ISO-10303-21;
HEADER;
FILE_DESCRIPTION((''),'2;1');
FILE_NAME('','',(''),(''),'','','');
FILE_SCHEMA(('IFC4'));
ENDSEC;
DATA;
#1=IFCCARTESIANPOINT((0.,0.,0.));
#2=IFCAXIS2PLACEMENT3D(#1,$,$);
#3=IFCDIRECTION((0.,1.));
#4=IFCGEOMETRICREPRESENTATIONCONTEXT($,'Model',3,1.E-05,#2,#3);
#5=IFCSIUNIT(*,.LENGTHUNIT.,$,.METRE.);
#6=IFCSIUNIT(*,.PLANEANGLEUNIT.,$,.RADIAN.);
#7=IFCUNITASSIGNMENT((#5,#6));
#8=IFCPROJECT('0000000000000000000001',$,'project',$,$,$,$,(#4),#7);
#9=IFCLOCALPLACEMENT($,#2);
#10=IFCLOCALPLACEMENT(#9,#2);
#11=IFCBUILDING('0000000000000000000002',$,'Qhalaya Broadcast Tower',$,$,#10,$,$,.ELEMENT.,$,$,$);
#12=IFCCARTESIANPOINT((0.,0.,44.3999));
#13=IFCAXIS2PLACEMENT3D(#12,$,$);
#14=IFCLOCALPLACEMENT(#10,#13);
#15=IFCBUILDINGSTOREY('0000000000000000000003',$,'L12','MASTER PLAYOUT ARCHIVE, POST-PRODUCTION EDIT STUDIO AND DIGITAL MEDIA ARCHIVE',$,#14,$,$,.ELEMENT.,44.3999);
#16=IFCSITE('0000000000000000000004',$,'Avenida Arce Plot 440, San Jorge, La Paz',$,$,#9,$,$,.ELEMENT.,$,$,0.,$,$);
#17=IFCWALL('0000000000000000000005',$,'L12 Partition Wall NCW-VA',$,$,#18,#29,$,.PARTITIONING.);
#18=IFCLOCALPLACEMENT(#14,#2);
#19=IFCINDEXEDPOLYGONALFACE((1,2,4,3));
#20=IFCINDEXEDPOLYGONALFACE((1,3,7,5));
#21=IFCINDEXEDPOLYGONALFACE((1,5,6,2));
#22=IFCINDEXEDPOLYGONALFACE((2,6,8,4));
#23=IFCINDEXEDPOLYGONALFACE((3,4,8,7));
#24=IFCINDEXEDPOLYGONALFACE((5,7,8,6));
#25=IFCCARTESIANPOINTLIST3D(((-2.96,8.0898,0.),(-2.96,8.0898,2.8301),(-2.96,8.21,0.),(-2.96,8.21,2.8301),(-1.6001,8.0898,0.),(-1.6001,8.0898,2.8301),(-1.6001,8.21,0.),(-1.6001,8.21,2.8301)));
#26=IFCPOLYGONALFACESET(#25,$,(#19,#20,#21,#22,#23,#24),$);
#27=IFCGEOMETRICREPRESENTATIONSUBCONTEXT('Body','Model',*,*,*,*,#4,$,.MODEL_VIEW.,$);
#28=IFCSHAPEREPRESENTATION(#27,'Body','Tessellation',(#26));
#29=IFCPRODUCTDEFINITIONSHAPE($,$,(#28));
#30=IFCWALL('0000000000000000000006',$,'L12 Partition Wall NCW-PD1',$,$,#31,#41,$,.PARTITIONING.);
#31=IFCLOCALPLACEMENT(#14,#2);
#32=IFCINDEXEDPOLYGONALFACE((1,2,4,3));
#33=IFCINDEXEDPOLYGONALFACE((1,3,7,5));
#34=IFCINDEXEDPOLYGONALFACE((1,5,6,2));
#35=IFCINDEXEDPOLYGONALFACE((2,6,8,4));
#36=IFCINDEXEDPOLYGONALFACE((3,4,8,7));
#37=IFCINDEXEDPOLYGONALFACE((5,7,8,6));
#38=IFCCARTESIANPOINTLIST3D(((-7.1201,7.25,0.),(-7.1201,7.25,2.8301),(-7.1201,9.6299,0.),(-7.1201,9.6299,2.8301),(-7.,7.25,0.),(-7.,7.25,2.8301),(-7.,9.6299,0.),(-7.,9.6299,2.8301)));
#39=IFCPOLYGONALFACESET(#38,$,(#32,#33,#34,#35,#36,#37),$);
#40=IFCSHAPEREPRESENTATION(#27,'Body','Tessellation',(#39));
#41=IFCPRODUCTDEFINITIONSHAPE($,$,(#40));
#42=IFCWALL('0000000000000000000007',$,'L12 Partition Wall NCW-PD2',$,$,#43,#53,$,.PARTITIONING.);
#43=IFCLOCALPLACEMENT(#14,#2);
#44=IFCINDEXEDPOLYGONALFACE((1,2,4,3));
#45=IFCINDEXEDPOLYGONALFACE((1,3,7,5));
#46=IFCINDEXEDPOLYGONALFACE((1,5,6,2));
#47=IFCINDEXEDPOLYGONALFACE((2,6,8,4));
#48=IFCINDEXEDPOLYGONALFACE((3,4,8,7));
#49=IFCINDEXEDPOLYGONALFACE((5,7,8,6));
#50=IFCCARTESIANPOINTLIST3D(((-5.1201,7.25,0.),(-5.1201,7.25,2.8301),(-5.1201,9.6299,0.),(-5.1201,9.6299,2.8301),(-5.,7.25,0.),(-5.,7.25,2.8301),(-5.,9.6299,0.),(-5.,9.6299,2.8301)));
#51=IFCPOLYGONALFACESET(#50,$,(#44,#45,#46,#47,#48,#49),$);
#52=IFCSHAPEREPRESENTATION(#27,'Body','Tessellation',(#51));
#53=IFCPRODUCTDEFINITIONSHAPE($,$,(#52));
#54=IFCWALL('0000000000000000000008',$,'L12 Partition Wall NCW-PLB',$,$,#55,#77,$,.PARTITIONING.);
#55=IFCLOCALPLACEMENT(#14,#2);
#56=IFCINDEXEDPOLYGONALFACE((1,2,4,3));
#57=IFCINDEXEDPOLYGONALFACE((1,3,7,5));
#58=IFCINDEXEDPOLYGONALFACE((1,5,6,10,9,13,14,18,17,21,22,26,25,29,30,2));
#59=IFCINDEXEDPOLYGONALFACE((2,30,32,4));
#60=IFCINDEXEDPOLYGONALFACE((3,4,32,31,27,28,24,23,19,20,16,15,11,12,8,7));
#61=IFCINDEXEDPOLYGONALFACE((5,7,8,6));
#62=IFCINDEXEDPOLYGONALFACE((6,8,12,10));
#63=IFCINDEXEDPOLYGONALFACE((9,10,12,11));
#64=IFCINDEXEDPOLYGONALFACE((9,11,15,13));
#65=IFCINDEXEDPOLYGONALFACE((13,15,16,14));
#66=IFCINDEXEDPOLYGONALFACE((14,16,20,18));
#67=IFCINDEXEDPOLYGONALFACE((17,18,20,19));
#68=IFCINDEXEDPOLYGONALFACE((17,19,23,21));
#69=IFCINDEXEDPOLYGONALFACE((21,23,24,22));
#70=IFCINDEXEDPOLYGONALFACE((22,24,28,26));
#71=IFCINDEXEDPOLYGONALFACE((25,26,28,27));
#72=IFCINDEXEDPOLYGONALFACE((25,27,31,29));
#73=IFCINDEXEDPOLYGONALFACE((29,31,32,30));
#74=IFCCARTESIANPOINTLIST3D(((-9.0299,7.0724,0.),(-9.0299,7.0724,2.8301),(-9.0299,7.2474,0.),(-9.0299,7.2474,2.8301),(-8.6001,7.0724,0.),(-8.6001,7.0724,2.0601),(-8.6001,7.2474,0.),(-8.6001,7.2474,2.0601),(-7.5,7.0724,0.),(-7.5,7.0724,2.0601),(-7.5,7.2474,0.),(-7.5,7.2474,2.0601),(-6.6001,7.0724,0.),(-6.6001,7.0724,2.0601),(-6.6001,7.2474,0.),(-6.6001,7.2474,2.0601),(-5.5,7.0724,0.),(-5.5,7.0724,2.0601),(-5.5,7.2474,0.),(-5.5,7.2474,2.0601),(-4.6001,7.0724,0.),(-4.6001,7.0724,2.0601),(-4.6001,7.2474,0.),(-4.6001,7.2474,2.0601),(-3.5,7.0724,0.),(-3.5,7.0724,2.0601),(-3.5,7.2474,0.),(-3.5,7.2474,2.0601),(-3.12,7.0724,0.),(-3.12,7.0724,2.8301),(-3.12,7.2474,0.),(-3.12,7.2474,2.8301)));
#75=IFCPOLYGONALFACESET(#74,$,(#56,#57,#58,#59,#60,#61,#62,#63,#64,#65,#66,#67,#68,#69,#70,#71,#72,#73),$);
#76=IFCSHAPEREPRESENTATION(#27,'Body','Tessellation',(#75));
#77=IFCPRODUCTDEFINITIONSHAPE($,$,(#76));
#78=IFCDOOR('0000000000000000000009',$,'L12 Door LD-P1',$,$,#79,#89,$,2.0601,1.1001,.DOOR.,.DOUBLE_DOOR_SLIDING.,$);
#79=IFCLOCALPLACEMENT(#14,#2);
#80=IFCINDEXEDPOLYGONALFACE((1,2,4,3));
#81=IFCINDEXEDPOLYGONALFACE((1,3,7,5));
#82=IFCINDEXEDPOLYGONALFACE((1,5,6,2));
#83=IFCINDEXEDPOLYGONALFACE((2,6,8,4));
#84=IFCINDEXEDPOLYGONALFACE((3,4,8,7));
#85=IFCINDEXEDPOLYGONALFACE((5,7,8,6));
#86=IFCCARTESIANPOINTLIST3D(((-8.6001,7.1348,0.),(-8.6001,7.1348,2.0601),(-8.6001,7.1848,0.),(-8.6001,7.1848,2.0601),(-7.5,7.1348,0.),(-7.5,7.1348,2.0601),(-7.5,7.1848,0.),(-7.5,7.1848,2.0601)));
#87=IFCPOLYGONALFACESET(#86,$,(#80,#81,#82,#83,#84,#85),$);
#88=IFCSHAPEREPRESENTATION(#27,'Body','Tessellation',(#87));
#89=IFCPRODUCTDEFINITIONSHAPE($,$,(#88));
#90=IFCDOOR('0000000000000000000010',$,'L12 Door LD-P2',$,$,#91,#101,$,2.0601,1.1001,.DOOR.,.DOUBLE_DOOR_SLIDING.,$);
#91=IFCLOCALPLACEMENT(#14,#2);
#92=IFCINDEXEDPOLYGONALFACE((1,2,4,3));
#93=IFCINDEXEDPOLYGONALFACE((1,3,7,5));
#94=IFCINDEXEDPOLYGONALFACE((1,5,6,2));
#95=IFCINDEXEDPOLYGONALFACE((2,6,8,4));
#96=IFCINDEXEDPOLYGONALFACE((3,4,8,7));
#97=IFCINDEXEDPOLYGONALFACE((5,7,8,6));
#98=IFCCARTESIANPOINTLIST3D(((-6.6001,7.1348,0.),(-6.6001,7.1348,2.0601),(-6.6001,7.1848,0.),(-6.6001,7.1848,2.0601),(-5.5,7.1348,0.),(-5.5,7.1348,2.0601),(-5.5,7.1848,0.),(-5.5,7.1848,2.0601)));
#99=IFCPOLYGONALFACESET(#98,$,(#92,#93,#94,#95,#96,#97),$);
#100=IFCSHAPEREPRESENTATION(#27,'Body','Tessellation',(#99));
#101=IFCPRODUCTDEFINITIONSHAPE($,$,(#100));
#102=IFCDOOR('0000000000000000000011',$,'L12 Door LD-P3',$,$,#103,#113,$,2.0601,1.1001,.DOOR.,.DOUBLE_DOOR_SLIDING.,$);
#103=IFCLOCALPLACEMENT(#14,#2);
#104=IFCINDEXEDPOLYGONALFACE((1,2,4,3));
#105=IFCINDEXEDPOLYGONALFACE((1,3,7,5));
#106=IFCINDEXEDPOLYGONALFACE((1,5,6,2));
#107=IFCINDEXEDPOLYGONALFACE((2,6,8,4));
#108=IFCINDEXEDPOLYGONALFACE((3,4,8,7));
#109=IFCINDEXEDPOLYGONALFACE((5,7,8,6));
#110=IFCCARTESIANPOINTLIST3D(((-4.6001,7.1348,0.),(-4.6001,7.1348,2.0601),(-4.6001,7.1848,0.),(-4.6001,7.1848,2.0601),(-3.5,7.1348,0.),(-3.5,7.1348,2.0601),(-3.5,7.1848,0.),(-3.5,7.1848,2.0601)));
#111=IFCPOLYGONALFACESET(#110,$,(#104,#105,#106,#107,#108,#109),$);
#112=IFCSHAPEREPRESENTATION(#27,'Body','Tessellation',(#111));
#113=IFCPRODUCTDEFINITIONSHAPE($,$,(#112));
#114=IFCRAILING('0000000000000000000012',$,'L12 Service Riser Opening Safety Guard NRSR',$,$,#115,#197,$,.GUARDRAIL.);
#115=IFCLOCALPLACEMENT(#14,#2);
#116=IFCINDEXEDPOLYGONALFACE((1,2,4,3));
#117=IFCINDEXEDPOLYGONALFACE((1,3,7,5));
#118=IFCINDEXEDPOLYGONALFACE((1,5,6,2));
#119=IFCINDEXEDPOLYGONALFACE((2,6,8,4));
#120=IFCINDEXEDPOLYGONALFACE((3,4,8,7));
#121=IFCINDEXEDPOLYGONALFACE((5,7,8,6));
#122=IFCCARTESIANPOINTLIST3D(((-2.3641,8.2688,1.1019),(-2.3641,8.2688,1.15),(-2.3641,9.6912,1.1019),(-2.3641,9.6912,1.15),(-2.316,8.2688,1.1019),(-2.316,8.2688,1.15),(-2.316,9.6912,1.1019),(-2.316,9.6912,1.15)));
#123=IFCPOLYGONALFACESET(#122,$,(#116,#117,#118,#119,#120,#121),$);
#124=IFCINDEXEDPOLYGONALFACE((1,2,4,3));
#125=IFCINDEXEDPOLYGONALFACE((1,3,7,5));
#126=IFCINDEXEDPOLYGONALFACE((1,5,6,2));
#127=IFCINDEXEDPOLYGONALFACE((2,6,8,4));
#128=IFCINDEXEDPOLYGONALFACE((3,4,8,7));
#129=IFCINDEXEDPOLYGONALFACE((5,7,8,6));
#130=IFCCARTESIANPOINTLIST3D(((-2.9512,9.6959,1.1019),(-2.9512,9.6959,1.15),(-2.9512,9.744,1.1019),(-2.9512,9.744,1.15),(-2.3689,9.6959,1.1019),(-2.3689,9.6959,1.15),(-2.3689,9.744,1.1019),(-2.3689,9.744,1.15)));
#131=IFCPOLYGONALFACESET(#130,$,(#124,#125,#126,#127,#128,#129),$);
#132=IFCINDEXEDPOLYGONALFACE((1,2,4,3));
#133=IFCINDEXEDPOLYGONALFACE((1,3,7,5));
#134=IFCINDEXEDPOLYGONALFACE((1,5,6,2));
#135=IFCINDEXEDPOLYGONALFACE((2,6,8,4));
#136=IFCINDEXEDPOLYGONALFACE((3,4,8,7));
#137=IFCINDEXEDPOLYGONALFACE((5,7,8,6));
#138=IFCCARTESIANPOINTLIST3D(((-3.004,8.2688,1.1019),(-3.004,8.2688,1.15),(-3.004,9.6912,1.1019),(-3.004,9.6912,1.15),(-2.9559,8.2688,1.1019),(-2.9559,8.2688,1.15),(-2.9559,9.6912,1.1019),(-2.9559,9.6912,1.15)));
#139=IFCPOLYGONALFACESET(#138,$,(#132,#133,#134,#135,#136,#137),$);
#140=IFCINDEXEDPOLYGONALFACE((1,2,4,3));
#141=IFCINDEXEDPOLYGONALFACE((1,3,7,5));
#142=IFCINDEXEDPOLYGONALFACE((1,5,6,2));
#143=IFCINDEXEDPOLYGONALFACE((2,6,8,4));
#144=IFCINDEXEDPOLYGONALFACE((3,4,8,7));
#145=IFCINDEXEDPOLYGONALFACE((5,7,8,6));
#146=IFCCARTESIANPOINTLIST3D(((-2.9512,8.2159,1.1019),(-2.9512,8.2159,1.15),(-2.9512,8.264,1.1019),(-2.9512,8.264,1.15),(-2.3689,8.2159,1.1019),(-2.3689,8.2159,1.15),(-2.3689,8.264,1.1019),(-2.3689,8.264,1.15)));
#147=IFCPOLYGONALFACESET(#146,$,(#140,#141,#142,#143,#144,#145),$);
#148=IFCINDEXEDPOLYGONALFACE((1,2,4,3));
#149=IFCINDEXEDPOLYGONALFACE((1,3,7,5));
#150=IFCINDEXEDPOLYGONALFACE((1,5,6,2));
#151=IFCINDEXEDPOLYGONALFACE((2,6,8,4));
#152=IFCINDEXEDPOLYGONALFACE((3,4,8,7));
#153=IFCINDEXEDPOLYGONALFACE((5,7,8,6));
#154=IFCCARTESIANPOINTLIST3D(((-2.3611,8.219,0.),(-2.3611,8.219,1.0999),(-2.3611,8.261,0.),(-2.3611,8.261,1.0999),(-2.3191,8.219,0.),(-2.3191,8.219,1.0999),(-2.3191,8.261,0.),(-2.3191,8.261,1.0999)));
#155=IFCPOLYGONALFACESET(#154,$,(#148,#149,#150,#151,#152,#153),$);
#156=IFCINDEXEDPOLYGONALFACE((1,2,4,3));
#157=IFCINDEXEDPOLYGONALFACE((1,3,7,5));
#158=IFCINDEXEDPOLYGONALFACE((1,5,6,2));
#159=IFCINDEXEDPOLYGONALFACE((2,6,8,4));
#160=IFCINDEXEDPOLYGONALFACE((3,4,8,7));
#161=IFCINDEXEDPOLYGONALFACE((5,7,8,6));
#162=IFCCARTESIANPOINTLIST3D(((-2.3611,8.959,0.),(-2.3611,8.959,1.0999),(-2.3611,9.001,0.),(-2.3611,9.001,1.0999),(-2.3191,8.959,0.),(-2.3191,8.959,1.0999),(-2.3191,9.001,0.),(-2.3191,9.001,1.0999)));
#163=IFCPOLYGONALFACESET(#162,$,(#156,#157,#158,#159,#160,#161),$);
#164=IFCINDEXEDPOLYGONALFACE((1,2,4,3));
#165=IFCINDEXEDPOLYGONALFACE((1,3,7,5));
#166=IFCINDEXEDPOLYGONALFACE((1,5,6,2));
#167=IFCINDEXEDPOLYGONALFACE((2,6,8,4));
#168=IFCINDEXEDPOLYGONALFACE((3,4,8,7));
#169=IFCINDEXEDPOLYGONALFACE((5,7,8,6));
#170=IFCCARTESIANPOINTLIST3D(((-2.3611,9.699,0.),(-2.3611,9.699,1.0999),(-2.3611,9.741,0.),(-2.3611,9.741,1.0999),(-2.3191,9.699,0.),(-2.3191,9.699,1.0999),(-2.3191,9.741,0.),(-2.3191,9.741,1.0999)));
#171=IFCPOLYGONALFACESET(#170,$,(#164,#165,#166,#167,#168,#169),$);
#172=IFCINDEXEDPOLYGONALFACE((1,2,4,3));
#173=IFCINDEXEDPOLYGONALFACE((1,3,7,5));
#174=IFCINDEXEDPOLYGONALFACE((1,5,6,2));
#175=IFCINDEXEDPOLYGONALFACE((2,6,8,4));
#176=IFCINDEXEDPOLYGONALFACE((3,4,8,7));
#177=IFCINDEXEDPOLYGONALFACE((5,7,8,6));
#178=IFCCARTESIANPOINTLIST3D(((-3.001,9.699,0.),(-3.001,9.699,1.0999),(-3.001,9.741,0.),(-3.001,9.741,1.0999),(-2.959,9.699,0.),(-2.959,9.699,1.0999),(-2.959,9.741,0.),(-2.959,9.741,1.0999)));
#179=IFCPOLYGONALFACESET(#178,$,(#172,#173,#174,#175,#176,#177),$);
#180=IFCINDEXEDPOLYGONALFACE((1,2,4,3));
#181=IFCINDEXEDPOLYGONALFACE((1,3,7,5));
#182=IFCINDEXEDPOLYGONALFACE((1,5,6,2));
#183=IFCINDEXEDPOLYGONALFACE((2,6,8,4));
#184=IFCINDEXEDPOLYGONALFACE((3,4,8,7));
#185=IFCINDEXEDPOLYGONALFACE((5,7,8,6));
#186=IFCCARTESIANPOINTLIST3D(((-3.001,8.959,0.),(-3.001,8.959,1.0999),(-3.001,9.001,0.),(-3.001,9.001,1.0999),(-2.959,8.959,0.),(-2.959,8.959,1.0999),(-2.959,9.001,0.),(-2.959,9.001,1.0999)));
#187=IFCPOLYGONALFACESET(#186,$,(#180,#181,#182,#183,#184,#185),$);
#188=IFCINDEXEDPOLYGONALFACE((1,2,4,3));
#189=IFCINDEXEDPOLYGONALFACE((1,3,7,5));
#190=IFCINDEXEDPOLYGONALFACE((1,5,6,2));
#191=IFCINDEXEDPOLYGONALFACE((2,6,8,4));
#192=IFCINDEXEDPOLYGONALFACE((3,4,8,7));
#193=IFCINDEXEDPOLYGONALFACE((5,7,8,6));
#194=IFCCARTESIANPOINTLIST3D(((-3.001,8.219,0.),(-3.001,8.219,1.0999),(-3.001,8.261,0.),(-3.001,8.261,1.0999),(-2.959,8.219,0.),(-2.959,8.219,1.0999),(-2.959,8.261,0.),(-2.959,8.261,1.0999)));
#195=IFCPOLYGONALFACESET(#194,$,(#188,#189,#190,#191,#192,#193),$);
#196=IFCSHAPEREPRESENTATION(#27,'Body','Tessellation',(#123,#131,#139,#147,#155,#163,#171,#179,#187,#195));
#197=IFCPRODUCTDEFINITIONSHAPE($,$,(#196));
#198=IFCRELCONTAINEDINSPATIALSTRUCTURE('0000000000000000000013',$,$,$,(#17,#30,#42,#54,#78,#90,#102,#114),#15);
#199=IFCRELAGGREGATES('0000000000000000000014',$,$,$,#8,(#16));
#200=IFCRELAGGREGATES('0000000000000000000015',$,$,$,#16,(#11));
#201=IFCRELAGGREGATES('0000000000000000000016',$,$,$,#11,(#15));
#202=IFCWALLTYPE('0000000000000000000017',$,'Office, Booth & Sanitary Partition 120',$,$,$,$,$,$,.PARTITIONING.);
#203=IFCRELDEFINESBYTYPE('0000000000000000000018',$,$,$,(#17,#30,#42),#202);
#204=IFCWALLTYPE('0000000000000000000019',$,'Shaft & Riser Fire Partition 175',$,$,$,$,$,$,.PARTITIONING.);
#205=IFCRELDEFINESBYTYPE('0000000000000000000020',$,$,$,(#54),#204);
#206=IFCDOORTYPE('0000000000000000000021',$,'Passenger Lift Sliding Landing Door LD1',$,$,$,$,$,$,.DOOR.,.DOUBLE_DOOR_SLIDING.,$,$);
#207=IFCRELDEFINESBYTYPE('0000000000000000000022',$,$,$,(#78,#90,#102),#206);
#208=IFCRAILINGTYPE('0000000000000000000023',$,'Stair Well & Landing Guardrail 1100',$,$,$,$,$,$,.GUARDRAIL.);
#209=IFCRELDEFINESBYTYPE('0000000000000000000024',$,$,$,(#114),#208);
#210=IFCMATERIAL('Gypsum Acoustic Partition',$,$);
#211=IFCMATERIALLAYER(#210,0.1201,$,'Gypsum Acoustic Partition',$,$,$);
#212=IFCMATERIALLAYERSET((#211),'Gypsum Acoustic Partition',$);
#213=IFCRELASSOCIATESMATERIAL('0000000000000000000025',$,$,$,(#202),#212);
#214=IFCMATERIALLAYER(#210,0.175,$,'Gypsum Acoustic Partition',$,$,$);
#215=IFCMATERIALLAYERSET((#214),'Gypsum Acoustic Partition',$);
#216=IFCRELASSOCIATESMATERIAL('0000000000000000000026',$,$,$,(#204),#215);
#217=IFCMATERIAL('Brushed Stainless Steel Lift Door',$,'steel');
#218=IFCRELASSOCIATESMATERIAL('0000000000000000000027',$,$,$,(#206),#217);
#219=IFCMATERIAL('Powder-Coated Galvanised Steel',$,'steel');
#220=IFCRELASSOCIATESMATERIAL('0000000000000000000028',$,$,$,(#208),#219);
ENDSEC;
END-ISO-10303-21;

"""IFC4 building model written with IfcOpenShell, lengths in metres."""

from ifc_helpers import new_model, si_unit, direction, frame, frame_2d, origin, origin_2d, place, context, subcontext, project, spatial, rectangle, extrude, material, layer, layer_set, type_object, element, fill, save


model = new_model("IFC4")

# Units and contexts
model_context = context("Model", 3, precision=1e-05, world=origin(), true_north=direction((0.0, 1.0)))
body_context = subcontext(model_context, "Body", "Model", "MODEL_VIEW")
ifc_project = project(units=[si_unit("LENGTHUNIT", "METRE"), si_unit("PLANEANGLEUNIT", "RADIAN")], contexts=[model_context])

# Site, building, storey
site_placement = place(None, origin())
site = spatial("IfcSite", under=ifc_project, at=site_placement, Name="Avenida Arce Plot 440, San Jorge, La Paz", CompositionType="ELEMENT", RefElevation=0.0)
building_placement = place(site_placement, origin())
building = spatial("IfcBuilding", under=site, at=building_placement, Name="Qhalaya Broadcast Tower", CompositionType="ELEMENT")
storey_placement = place(building_placement, frame((0.0, 0.0, 44.3999)))
storey = spatial("IfcBuildingStorey", under=building, at=storey_placement, Name="L12", Description="MASTER PLAYOUT ARCHIVE, POST-PRODUCTION EDIT STUDIO AND DIGITAL MEDIA ARCHIVE", CompositionType="ELEMENT", Elevation=44.3999)

# Shared definitions
ifc_material_1 = material(Name="Gypsum Acoustic Partition")

# Walls
ifc_layer_1 = layer(ifc_material_1, 0.1201, Name="Gypsum Acoustic Partition")
ifc_layer_set_1 = layer_set([ifc_layer_1], Name="Gypsum Acoustic Partition")
wall_type_1 = type_object("IfcWallType", Name="Office, Booth & Sanitary Partition 120", PredefinedType="PARTITIONING", material=ifc_layer_set_1)
wall_1_placement = place(storey_placement, frame((-2.96, 8.1499, 0.0), z_axis=(0.0, 0.0, 1.0), x_axis=(1.0, 0.0, 0.0)))
element("IfcWall", 1, at=wall_1_placement, inside=storey, type_object=wall_type_1, Name="L12 Partition Wall NCW-VA", PredefinedType="PARTITIONING", context=body_context, shape_type="SweptSolid", body=[
    extrude(rectangle(XDim=1.3599, YDim=0.1201, at=frame_2d((0.6799, 0.0))), origin(), (0.0, 0.0, 1.0), 2.8301),
])
for number, where, z_axis, x_axis, name in (
    (2, (-7.0601, 7.25, 0.0), (0.0, 0.0, 1.0), (0.0, 1.0, 0.0), "L12 Partition Wall NCW-PD1"),
    (3, (-5.0601, 7.25, 0.0), (0.0, 0.0, 1.0), (0.0, 1.0, 0.0), "L12 Partition Wall NCW-PD2"),
):
    element("IfcWall", number, at=place(storey_placement, frame(where, z_axis=z_axis, x_axis=x_axis)), inside=storey, type_object=wall_type_1, Name=name, PredefinedType="PARTITIONING", context=body_context, shape_type="SweptSolid", body=[
        extrude(rectangle(XDim=2.3799, YDim=0.1201, at=frame_2d((1.1899, 0.0))), origin(), (0.0, 0.0, 1.0), 2.8301),
    ])

# Wall, openings, doors
ifc_layer_2 = layer(ifc_material_1, 0.175, Name="Gypsum Acoustic Partition")
ifc_layer_set_2 = layer_set([ifc_layer_2], Name="Gypsum Acoustic Partition")
wall_type_2 = type_object("IfcWallType", Name="Shaft & Riser Fire Partition 175", PredefinedType="PARTITIONING", material=ifc_layer_set_2)
wall_2_placement = place(storey_placement, frame((-9.03, 7.1599, 0.0), z_axis=(0.0, 0.0, 1.0), x_axis=(1.0, 0.0, 0.0)))
wall_2 = element("IfcWall", 4, at=wall_2_placement, inside=storey, type_object=wall_type_2, Name="L12 Partition Wall NCW-PLB", PredefinedType="PARTITIONING", context=body_context, shape_type="SweptSolid", body=[
    extrude(rectangle(XDim=5.9099, YDim=0.175, at=frame_2d((2.9551, 0.0))), origin(), (0.0, 0.0, 1.0), 2.8301),
])
opening_1_placement = place(wall_2_placement, frame((0.4299, 0.0, 0.0)))
opening_1 = element("IfcOpeningElement", 5, at=opening_1_placement, cuts=wall_2, PredefinedType="OPENING", context=body_context, shape_type="SweptSolid", body=[
    extrude(rectangle(XDim=1.1001, YDim=2.0601, at=frame_2d((0.55, 1.03))), frame((0.0, 0.0996, 0.0), z_axis=(0.0, -1.0, 0.0), x_axis=(1.0, 0.0, 0.0)), (0.0, 0.0, 1.0), 0.199),
])
opening_2_placement = place(wall_2_placement, frame((2.4299, 0.0, 0.0)))
opening_2 = element("IfcOpeningElement", 6, at=opening_2_placement, cuts=wall_2, PredefinedType="OPENING", context=body_context, shape_type="SweptSolid", body=[
    extrude(rectangle(XDim=1.1001, YDim=2.0601, at=frame_2d((0.55, 1.03))), frame((0.0, 0.0996, 0.0), z_axis=(0.0, -1.0, 0.0), x_axis=(1.0, 0.0, 0.0)), (0.0, 0.0, 1.0), 0.199),
])
opening_3_placement = place(wall_2_placement, frame((4.4299, 0.0, 0.0)))
opening_3 = element("IfcOpeningElement", 7, at=opening_3_placement, cuts=wall_2, PredefinedType="OPENING", context=body_context, shape_type="SweptSolid", body=[
    extrude(rectangle(XDim=1.1001, YDim=2.0601, at=frame_2d((0.55, 1.03))), frame((0.0, 0.0996, 0.0), z_axis=(0.0, -1.0, 0.0), x_axis=(1.0, 0.0, 0.0)), (0.0, 0.0, 1.0), 0.199),
])
ifc_material_2 = material(Name="Brushed Stainless Steel Lift Door", Category="steel")
door_type_1 = type_object("IfcDoorType", Name="Passenger Lift Sliding Landing Door LD1", OperationType="DOUBLE_DOOR_SLIDING", PredefinedType="DOOR", material=ifc_material_2)
door_1_placement = place(opening_1_placement, origin())
door_1 = element("IfcDoor", 8, at=door_1_placement, inside=storey, type_object=door_type_1, Name="L12 Door LD-P1", OperationType="DOUBLE_DOOR_SLIDING", OverallHeight=2.0601, OverallWidth=1.1001, PredefinedType="DOOR", context=body_context, shape_type="SweptSolid", body=[
    extrude(rectangle(XDim=1.1001, YDim=2.0601, at=frame_2d((0.55, 1.03))), frame((0.0, 0.0249, 0.0), z_axis=(0.0, -1.0, 0.0), x_axis=(1.0, 0.0, 0.0)), (0.0, 0.0, 1.0), 0.05),
])
fill(opening_1, door_1)
door_2_placement = place(opening_2_placement, origin())
door_2 = element("IfcDoor", 9, at=door_2_placement, inside=storey, type_object=door_type_1, Name="L12 Door LD-P2", OperationType="DOUBLE_DOOR_SLIDING", OverallHeight=2.0601, OverallWidth=1.1001, PredefinedType="DOOR", context=body_context, shape_type="SweptSolid", body=[
    extrude(rectangle(XDim=1.1001, YDim=2.0601, at=frame_2d((0.55, 1.03))), frame((0.0, 0.0249, 0.0), z_axis=(0.0, -1.0, 0.0), x_axis=(1.0, 0.0, 0.0)), (0.0, 0.0, 1.0), 0.05),
])
fill(opening_2, door_2)
door_3_placement = place(opening_3_placement, origin())
door_3 = element("IfcDoor", 10, at=door_3_placement, inside=storey, type_object=door_type_1, Name="L12 Door LD-P3", OperationType="DOUBLE_DOOR_SLIDING", OverallHeight=2.0601, OverallWidth=1.1001, PredefinedType="DOOR", context=body_context, shape_type="SweptSolid", body=[
    extrude(rectangle(XDim=1.1001, YDim=2.0601, at=frame_2d((0.55, 1.03))), frame((0.0, 0.0249, 0.0), z_axis=(0.0, -1.0, 0.0), x_axis=(1.0, 0.0, 0.0)), (0.0, 0.0, 1.0), 0.05),
])
fill(opening_3, door_3)

# Railing
ifc_material_3 = material(Name="Powder-Coated Galvanised Steel", Category="steel")
railing_type = type_object("IfcRailingType", Name="Stair Well & Landing Guardrail 1100", PredefinedType="GUARDRAIL", material=ifc_material_3)
railing_placement = place(storey_placement, frame((-2.3401, 8.24, 0.0)))
element("IfcRailing", 11, at=railing_placement, inside=storey, type_object=railing_type, Name="L12 Service Riser Opening Safety Guard NRSR", PredefinedType="GUARDRAIL", context=body_context, shape_type="SweptSolid", body=[
    extrude(rectangle(XDim=0.0481, YDim=0.0481, at=origin_2d()), frame((0.0, 0.0288, 1.126), z_axis=(0.0, 1.0, 0.0), x_axis=(-1.0, 0.0, 0.0)), (0.0, 0.0, 1.0), 1.4224),
    extrude(rectangle(XDim=0.0481, YDim=0.0481, at=origin_2d()), frame((-0.0288, 1.48, 1.126), z_axis=(-1.0, 0.0, 0.0), x_axis=(0.0, -1.0, 0.0)), (0.0, 0.0, 1.0), 0.5823),
    extrude(rectangle(XDim=0.0481, YDim=0.0481, at=origin_2d()), frame((-0.6399, 1.4512, 1.126), z_axis=(0.0, -1.0, 0.0), x_axis=(1.0, 0.0, 0.0)), (0.0, 0.0, 1.0), 1.4224),
    extrude(rectangle(XDim=0.0481, YDim=0.0481, at=origin_2d()), frame((-0.6111, 0.0, 1.126), z_axis=(1.0, 0.0, 0.0), x_axis=(0.0, 1.0, 0.0)), (0.0, 0.0, 1.0), 0.5823),
    extrude(rectangle(XDim=0.042, YDim=0.042, at=origin_2d()), origin(), (0.0, 0.0, 1.0), 1.0999),
    extrude(rectangle(XDim=0.042, YDim=0.042, at=origin_2d()), frame((0.0, 0.74, 0.0)), (0.0, 0.0, 1.0), 1.0999),
    extrude(rectangle(XDim=0.042, YDim=0.042, at=origin_2d()), frame((0.0, 1.48, 0.0)), (0.0, 0.0, 1.0), 1.0999),
    extrude(rectangle(XDim=0.042, YDim=0.042, at=origin_2d()), frame((-0.6399, 1.48, 0.0)), (0.0, 0.0, 1.0), 1.0999),
    extrude(rectangle(XDim=0.042, YDim=0.042, at=origin_2d()), frame((-0.6399, 0.74, 0.0)), (0.0, 0.0, 1.0), 1.0999),
    extrude(rectangle(XDim=0.042, YDim=0.042, at=origin_2d()), frame((-0.6399, 0.0, 0.0)), (0.0, 0.0, 1.0), 1.0999),
])

save(model, "model.ifc")
